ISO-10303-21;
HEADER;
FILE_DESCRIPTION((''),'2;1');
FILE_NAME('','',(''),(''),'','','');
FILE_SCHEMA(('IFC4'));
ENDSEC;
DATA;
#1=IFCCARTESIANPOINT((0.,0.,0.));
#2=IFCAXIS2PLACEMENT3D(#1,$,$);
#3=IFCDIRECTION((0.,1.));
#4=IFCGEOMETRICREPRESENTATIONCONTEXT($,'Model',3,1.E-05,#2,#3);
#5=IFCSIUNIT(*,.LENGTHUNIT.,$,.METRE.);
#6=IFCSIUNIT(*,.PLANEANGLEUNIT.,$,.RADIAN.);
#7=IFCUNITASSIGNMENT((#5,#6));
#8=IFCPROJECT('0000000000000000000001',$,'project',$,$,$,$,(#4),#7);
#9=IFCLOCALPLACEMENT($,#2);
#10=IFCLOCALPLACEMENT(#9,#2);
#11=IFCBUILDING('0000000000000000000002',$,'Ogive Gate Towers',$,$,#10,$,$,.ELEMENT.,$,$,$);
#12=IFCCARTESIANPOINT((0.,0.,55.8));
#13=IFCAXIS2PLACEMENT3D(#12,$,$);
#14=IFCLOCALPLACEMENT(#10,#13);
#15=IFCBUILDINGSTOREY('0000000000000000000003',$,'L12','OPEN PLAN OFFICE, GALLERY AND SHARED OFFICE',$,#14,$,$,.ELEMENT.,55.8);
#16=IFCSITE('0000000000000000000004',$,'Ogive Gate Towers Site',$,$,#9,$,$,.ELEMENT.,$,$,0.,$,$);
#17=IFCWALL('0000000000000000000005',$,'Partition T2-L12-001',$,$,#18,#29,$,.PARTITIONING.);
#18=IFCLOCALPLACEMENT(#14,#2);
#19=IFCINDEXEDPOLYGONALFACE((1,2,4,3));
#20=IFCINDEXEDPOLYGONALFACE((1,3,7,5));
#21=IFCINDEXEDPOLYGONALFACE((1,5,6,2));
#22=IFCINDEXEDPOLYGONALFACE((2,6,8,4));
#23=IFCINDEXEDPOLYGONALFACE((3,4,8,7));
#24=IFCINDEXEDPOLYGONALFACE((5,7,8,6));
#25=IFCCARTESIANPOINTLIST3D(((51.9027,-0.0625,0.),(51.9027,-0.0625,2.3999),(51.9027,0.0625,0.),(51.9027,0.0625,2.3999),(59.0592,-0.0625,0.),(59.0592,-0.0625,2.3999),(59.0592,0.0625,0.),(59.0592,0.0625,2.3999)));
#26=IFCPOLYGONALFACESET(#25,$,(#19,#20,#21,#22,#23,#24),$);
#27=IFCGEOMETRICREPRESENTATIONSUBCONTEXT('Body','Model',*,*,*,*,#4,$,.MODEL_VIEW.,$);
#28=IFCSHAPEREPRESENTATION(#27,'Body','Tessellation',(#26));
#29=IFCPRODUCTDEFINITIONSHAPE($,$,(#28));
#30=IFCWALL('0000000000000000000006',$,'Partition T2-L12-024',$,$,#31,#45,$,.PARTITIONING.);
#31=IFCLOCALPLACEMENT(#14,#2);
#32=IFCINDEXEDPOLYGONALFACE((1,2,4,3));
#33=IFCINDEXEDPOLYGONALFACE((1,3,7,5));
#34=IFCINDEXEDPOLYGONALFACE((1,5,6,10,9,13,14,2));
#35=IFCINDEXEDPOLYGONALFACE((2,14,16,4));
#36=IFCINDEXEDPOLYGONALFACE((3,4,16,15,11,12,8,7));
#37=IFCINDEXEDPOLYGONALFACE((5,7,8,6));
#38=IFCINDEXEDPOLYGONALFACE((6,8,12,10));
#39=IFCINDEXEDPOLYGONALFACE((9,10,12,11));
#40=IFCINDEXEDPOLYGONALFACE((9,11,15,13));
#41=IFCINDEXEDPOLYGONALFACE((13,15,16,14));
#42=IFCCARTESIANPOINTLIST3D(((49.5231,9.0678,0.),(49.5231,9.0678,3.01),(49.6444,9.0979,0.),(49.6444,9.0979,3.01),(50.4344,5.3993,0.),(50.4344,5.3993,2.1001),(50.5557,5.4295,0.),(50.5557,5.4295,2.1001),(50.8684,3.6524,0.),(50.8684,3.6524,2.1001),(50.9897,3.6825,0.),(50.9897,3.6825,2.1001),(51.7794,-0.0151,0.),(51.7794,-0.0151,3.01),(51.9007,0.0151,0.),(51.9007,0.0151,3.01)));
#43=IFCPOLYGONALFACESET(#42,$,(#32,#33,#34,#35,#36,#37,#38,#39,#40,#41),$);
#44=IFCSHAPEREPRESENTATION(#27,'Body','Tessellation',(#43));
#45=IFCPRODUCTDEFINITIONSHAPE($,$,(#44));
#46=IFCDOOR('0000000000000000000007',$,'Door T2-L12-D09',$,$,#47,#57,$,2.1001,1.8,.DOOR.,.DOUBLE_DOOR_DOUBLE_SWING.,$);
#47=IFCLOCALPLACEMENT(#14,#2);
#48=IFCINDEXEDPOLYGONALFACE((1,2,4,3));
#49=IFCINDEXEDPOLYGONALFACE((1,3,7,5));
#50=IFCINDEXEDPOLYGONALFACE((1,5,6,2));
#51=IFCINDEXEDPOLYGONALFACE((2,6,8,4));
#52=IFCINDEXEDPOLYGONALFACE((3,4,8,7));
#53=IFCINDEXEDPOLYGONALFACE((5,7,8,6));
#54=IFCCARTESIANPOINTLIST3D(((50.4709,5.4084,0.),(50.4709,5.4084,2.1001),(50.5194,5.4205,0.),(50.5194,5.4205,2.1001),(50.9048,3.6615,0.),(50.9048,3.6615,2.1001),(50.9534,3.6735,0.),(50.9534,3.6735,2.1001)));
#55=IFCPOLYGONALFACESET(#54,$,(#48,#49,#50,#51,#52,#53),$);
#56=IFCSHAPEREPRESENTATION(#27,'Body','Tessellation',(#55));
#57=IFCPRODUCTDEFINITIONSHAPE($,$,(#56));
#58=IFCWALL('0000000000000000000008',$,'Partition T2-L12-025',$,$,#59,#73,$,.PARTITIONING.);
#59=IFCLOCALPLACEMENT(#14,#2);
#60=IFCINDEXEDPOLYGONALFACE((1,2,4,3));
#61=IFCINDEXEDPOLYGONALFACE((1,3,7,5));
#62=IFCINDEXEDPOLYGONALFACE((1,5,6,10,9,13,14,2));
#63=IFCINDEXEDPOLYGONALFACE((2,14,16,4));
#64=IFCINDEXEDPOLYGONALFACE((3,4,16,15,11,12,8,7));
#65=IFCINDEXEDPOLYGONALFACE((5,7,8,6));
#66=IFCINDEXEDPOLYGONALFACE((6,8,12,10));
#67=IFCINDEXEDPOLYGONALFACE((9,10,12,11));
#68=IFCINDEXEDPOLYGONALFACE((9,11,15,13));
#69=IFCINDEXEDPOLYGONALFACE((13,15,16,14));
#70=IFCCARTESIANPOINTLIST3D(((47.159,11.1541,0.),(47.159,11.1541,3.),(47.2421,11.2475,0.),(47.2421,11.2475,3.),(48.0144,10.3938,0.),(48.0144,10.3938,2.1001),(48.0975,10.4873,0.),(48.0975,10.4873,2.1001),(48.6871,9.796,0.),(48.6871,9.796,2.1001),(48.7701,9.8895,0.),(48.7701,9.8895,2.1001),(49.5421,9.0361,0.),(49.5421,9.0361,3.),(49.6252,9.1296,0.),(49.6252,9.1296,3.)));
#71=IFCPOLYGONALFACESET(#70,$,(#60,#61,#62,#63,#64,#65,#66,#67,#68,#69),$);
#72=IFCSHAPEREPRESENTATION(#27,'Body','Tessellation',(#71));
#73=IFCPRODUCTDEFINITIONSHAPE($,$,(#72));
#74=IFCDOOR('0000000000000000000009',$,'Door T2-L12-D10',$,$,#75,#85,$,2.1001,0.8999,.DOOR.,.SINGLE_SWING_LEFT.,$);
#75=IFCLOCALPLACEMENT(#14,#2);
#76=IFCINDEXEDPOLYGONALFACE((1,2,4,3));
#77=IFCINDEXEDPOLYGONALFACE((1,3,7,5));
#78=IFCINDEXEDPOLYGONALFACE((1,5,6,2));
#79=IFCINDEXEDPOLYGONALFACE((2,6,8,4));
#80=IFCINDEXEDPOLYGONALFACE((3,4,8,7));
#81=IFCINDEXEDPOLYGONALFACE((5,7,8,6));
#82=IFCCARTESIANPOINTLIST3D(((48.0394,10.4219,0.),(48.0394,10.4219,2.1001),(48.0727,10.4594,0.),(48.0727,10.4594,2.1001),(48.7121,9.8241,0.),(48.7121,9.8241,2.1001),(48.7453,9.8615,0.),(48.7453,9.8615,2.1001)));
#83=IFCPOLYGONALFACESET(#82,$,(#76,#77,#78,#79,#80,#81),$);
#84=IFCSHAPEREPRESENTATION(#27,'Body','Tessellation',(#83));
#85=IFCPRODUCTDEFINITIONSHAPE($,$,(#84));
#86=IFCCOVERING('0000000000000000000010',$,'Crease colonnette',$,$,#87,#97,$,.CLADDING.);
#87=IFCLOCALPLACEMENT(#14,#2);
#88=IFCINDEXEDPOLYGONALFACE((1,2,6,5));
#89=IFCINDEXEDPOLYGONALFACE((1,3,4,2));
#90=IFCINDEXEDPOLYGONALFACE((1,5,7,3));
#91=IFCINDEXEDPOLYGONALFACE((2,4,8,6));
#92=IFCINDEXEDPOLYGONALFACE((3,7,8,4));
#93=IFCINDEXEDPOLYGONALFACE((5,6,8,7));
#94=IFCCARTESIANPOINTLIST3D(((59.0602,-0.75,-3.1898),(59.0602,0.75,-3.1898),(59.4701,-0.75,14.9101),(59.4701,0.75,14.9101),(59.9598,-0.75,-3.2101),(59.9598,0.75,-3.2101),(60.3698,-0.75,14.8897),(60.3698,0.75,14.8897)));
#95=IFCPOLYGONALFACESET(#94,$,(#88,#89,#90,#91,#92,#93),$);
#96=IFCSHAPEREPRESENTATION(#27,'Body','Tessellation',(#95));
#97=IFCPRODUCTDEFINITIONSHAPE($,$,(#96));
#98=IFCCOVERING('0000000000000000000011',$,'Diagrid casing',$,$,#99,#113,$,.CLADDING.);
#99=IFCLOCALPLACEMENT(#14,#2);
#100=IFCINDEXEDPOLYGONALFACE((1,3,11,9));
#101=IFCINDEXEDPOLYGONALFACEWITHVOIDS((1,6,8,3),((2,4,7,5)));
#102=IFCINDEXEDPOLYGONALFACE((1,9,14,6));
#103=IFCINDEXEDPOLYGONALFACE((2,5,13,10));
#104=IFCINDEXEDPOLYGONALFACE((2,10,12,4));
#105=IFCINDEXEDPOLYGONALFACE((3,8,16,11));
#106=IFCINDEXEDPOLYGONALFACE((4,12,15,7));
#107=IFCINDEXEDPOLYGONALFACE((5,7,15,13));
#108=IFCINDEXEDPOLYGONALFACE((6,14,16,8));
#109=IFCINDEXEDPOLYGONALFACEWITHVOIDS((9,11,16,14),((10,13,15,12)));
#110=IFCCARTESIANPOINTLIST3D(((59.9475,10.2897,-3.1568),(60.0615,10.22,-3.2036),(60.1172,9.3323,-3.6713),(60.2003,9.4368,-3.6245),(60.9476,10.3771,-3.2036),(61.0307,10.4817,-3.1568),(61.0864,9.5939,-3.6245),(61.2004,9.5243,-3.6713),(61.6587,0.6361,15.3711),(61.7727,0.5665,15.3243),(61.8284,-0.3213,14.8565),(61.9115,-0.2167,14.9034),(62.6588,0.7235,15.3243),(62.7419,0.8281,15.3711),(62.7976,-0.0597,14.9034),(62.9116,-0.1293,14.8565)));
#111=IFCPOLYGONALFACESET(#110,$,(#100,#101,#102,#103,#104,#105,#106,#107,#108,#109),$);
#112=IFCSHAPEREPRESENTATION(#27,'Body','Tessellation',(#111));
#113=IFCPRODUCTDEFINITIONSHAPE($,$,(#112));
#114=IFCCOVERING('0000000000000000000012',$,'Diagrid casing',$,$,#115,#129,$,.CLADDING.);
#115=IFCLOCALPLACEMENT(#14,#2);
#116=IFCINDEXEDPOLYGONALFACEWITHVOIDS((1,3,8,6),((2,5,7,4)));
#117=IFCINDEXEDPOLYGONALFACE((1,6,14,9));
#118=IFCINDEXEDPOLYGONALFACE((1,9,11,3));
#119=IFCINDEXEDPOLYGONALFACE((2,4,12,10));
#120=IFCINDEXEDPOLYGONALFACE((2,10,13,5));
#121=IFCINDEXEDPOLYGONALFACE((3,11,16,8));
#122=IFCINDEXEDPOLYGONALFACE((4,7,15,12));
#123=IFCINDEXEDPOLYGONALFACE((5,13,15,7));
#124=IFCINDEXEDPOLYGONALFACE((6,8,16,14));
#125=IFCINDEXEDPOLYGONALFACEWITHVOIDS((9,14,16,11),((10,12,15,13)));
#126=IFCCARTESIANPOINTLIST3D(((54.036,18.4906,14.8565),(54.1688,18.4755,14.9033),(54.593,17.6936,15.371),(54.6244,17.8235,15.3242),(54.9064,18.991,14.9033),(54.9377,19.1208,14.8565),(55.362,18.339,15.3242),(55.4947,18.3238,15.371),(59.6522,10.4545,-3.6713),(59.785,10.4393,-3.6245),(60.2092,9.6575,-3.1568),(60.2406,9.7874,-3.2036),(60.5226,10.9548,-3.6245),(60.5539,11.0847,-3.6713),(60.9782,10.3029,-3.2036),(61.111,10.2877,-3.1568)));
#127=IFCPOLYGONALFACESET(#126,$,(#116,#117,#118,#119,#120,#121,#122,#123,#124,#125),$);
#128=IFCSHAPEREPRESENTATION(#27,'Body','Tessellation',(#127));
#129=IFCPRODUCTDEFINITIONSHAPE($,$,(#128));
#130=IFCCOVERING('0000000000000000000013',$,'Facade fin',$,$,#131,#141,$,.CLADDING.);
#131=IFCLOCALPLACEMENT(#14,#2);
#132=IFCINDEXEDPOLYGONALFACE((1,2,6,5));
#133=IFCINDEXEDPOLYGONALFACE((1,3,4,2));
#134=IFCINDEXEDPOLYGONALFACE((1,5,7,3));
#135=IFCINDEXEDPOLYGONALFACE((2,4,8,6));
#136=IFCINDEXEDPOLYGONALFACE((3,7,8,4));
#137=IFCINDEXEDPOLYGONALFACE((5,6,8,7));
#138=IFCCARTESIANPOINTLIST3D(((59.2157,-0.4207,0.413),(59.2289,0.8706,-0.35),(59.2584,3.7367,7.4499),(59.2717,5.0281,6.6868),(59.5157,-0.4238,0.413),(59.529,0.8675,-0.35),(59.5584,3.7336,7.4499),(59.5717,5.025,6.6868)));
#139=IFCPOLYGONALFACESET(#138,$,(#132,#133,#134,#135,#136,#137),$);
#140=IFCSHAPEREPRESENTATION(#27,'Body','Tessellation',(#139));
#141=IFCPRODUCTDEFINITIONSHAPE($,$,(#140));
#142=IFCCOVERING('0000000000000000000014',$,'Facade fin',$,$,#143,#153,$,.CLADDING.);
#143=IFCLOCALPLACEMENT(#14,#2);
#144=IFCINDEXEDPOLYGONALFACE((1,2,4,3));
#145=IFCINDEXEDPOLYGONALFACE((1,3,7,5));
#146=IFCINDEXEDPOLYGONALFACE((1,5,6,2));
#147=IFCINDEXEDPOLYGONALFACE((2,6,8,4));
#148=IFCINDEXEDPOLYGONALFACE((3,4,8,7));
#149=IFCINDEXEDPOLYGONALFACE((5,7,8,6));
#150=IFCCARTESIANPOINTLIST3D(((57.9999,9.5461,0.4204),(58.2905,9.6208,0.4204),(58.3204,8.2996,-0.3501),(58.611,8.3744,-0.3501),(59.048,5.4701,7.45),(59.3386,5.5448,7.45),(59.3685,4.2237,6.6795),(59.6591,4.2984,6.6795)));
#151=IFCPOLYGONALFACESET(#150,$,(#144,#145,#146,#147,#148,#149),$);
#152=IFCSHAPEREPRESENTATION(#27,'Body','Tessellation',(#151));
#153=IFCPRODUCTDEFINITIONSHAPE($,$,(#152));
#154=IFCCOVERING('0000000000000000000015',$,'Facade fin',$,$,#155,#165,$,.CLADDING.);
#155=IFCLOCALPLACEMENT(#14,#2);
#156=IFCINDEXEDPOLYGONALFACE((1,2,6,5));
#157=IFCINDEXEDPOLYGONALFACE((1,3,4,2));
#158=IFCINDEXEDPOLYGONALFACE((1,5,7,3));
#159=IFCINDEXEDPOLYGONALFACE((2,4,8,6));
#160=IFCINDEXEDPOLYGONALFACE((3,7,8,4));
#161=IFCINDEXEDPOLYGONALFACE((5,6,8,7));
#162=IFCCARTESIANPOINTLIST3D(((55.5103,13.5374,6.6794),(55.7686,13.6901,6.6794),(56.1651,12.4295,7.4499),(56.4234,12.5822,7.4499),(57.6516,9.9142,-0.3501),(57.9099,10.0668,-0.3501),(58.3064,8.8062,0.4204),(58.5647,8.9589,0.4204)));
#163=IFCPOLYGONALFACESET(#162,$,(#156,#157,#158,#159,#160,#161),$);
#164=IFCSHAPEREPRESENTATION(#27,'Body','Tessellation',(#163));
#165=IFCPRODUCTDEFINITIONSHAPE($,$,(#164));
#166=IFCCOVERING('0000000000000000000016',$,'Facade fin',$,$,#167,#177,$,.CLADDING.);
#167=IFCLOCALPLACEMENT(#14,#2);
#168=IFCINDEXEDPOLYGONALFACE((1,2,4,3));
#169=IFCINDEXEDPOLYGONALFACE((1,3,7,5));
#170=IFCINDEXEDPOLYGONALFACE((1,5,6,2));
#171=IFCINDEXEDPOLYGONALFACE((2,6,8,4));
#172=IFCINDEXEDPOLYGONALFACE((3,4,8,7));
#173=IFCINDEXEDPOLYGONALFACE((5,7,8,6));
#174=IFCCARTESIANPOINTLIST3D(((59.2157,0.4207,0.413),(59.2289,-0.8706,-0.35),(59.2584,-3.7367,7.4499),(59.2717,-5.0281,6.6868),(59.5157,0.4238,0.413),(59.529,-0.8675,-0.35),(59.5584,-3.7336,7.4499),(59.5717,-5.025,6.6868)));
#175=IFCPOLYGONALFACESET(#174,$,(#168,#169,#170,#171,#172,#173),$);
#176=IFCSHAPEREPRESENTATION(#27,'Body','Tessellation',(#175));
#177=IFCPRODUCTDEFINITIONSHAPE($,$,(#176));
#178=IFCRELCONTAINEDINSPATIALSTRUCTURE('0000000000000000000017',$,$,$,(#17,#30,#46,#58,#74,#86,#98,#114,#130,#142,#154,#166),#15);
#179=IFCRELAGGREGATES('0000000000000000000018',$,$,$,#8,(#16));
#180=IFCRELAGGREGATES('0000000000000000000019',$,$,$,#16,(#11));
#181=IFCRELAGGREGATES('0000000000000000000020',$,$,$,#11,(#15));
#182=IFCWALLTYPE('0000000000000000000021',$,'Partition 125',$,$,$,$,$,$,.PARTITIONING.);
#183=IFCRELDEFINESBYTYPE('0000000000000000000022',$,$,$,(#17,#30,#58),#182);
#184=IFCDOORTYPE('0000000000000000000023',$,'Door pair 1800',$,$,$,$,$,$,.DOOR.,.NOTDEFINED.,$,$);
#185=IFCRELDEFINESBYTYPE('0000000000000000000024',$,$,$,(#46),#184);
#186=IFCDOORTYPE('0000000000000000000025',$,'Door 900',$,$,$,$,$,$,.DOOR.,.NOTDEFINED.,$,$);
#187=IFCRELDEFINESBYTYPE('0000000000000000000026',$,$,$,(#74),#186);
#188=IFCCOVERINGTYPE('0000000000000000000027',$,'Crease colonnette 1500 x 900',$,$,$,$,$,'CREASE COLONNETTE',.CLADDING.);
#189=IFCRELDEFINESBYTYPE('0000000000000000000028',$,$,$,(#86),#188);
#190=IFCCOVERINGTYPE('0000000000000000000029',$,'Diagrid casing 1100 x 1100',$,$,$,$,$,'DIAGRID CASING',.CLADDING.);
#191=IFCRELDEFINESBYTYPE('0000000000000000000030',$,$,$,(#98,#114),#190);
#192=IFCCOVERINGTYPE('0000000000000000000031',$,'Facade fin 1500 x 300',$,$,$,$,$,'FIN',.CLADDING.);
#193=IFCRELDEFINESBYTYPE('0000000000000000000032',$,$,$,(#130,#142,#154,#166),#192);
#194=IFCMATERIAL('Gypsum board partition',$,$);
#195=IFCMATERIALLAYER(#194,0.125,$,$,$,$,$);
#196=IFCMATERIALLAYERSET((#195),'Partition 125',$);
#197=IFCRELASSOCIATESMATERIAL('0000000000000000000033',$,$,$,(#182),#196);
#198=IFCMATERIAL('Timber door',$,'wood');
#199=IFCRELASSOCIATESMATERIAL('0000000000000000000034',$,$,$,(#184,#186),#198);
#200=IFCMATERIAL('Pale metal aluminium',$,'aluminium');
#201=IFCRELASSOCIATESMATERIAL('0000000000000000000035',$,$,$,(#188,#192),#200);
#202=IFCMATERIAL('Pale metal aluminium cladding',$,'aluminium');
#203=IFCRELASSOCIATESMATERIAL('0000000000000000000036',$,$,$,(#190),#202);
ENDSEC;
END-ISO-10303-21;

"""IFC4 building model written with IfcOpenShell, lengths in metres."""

from ifc_helpers import new_model, si_unit, direction, frame, frame_2d, origin, origin_2d, place, context, subcontext, project, spatial, rectangle, hollow_rectangle, extrude, material, layer, layer_set, material_profile, profile_set, type_object, element, fill, save


model = new_model("IFC4")

# Units and contexts
model_context = context("Model", 3, precision=1e-05, world=origin(), true_north=direction((0.0, 1.0)))
body_context = subcontext(model_context, "Body", "Model", "MODEL_VIEW")
ifc_project = project(units=[si_unit("LENGTHUNIT", "METRE"), si_unit("PLANEANGLEUNIT", "RADIAN")], contexts=[model_context])

# Site, building, storey
site_placement = place(None, origin())
site = spatial("IfcSite", under=ifc_project, at=site_placement, Name="Ogive Gate Towers Site", CompositionType="ELEMENT", RefElevation=0.0)
building_placement = place(site_placement, origin())
building = spatial("IfcBuilding", under=site, at=building_placement, Name="Ogive Gate Towers", CompositionType="ELEMENT")
storey_placement = place(building_placement, frame((0.0, 0.0, 55.8)))
storey = spatial("IfcBuildingStorey", under=building, at=storey_placement, Name="L12", Description="OPEN PLAN OFFICE, GALLERY AND SHARED OFFICE", CompositionType="ELEMENT", Elevation=55.8)

# Shared definitions
ifc_material_1 = material(Name="Pale metal aluminium", Category="aluminium")

# Wall
ifc_material_2 = material(Name="Gypsum board partition")
ifc_layer_1 = layer(ifc_material_2, 0.125)
ifc_layer_set_1 = layer_set([ifc_layer_1], Name="Partition 125")
wall_type = type_object("IfcWallType", Name="Partition 125", PredefinedType="PARTITIONING", material=ifc_layer_set_1)
wall_1_placement = place(storey_placement, frame((59.0591, 0.0, 0.0), z_axis=(0.0, 0.0, 1.0), x_axis=(-1.0, 0.0, 0.0)))
element("IfcWall", 1, at=wall_1_placement, inside=storey, type_object=wall_type, Name="Partition T2-L12-001", PredefinedType="PARTITIONING", context=body_context, shape_type="SweptSolid", body=[
    extrude(rectangle(XDim=7.1565, YDim=0.125, at=frame_2d((3.5781, 0.0))), origin(), (0.0, 0.0, 1.0), 2.3999),
])

# Walls, openings, doors
wall_2_placement = place(storey_placement, frame((51.8401, 0.0, 0.0), z_axis=(0.0, 0.0, 1.0), x_axis=(-0.241093, 0.970502, 0.0)))
wall_2 = element("IfcWall", 2, at=wall_2_placement, inside=storey, type_object=wall_type, Name="Partition T2-L12-024", PredefinedType="PARTITIONING", context=body_context, shape_type="SweptSolid", body=[
    extrude(rectangle(XDim=9.3589, YDim=0.125, at=frame_2d((4.6794, 0.0))), origin(), (0.0, 0.0, 1.0), 3.01),
])
opening_1_placement = place(wall_2_placement, frame((3.7791, 0.0, 0.0)))
opening_1 = element("IfcOpeningElement", 3, at=opening_1_placement, cuts=wall_2, PredefinedType="OPENING", context=body_context, shape_type="SweptSolid", body=[
    extrude(rectangle(XDim=1.8, YDim=2.1001, at=frame_2d((0.8999, 1.05))), frame((0.0, 0.0725, 0.0), z_axis=(0.0, -1.0, 0.0), x_axis=(1.0, 0.0, 0.0)), (0.0, 0.0, 1.0), 0.145),
])
ifc_material_3 = material(Name="Timber door", Category="wood")
door_type_1 = type_object("IfcDoorType", Name="Door pair 1800", OperationType="NOTDEFINED", PredefinedType="DOOR", material=ifc_material_3)
door_1_placement = place(opening_1_placement, origin())
door_1 = element("IfcDoor", 4, at=door_1_placement, inside=storey, type_object=door_type_1, Name="Door T2-L12-D09", OperationType="DOUBLE_DOOR_DOUBLE_SWING", OverallHeight=2.1001, OverallWidth=1.8, PredefinedType="DOOR", context=body_context, shape_type="SweptSolid", body=[
    extrude(rectangle(XDim=1.8, YDim=2.1001, at=frame_2d((0.8999, 1.05))), frame((0.0, 0.0249, 0.0), z_axis=(0.0, -1.0, 0.0), x_axis=(1.0, 0.0, 0.0)), (0.0, 0.0, 1.0), 0.05),
])
fill(opening_1, door_1)
wall_3_placement = place(storey_placement, frame((49.5837, 9.0828, 0.0), z_axis=(0.0, 0.0, 1.0), x_axis=(-0.747464, 0.664302, 0.0)))
wall_3 = element("IfcWall", 5, at=wall_3_placement, inside=storey, type_object=wall_type, Name="Partition T2-L12-025", PredefinedType="PARTITIONING", context=body_context, shape_type="SweptSolid", body=[
    extrude(rectangle(XDim=3.1882, YDim=0.125, at=frame_2d((1.5942, 0.0))), origin(), (0.0, 0.0, 1.0), 3.0),
])
opening_2_placement = place(wall_3_placement, frame((1.144, 0.0, 0.0)))
opening_2 = element("IfcOpeningElement", 6, at=opening_2_placement, cuts=wall_3, PredefinedType="OPENING", context=body_context, shape_type="SweptSolid", body=[
    extrude(rectangle(XDim=0.8999, YDim=2.1001, at=frame_2d((0.45, 1.05))), frame((0.0, 0.0725, 0.0), z_axis=(0.0, -1.0, 0.0), x_axis=(1.0, 0.0, 0.0)), (0.0, 0.0, 1.0), 0.145),
])
door_type_2 = type_object("IfcDoorType", Name="Door 900", OperationType="NOTDEFINED", PredefinedType="DOOR", material=ifc_material_3)
door_2_placement = place(opening_2_placement, origin())
door_2 = element("IfcDoor", 7, at=door_2_placement, inside=storey, type_object=door_type_2, Name="Door T2-L12-D10", OperationType="SINGLE_SWING_LEFT", OverallHeight=2.1001, OverallWidth=0.8999, PredefinedType="DOOR", context=body_context, shape_type="SweptSolid", body=[
    extrude(rectangle(XDim=0.8999, YDim=2.1001, at=frame_2d((0.45, 1.05))), frame((0.0, 0.0249, 0.0), z_axis=(0.0, -1.0, 0.0), x_axis=(1.0, 0.0, 0.0)), (0.0, 0.0, 1.0), 0.05),
])
fill(opening_2, door_2)

# Coverings
ifc_material_profile_1 = material_profile(ifc_material_1, rectangle(XDim=1.5, YDim=0.8999, at=origin_2d()), Name="1500 x 900 pale metal aluminium")
ifc_profile_set_1 = profile_set([ifc_material_profile_1], Name="Pale metal aluminium")
covering_type_1 = type_object("IfcCoveringType", Name="Crease colonnette 1500 x 900", ElementType="CREASE COLONNETTE", PredefinedType="CLADDING", material=ifc_profile_set_1)
covering_1_placement = place(storey_placement, frame((59.51, 0.0, -3.2), z_axis=(0.022641, 0.0, 0.999744), x_axis=(0.0, 1.0, 0.0)))
element("IfcCovering", 8, at=covering_1_placement, inside=storey, type_object=covering_type_1, Name="Crease colonnette", PredefinedType="CLADDING", context=body_context, shape_type="SweptSolid", body=[
    extrude(rectangle(XDim=1.5, YDim=0.8999, at=origin_2d()), origin(), (0.0, 0.0, 1.0), 18.1045),
])
ifc_material_4 = material(Name="Pale metal aluminium cladding", Category="aluminium")
ifc_material_profile_2 = material_profile(ifc_material_4, hollow_rectangle(XDim=1.1001, YDim=1.1001, WallThickness=0.1001, at=origin_2d()), Name="1100 x 1100 pale metal casing")
ifc_profile_set_2 = profile_set([ifc_material_profile_2], Name="Pale metal aluminium cladding")
covering_type_2 = type_object("IfcCoveringType", Name="Diagrid casing 1100 x 1100", ElementType="DIAGRID CASING", PredefinedType="CLADDING", material=ifc_profile_set_2)
for number, where, z_axis, x_axis, name in (
    (9, (60.574, 9.907, -3.4141), (0.081633, -0.46053, 0.883883), (0.98465, 0.174538, 0.0), "Diagrid casing"),
    (10, (60.3816, 10.3711, -3.4141), (-0.267925, 0.383368, 0.883881), (-0.819667, -0.57284, 0.0), "Diagrid casing"),
):
    element("IfcCovering", number, at=place(storey_placement, frame(where, z_axis=z_axis, x_axis=x_axis)), inside=storey, type_object=covering_type_2, Name=name, PredefinedType="CLADDING", context=body_context, shape_type="SweptSolid", body=[
        extrude(hollow_rectangle(XDim=1.1001, YDim=1.1001, WallThickness=0.1001, at=origin_2d()), origin(), (0.0, 0.0, 1.0), 20.9619),
    ])
ifc_material_profile_3 = material_profile(ifc_material_1, rectangle(XDim=0.3, YDim=1.5, at=origin_2d()), Name="1500 x 300 pale metal aluminium")
ifc_profile_set_3 = profile_set([ifc_material_profile_3], Name="Pale metal aluminium")
covering_type_3 = type_object("IfcCoveringType", Name="Facade fin 1500 x 300", ElementType="FIN", PredefinedType="CLADDING", material=ifc_profile_set_3)
covering_2_placement = place(storey_placement, frame((59.3723, 0.2234, 0.0315), z_axis=(0.005227, 0.508661, 0.860951), x_axis=(-0.999947, 0.010276, 0.0)))
element("IfcCovering", 11, at=covering_2_placement, inside=storey, type_object=covering_type_3, Name="Facade fin", PredefinedType="CLADDING", context=body_context, shape_type="SweptSolid", body=[
    extrude(rectangle(XDim=0.3, YDim=1.5, at=origin_2d()), origin(), (0.0, 0.0, 1.0), 8.1733),
])
for number, where, z_axis, x_axis, name in (
    (12, (58.3054, 8.9602, 0.0352), (0.127925, -0.497486, 0.857988), (0.968493, 0.249041, 0.0), "Facade fin"),
    (13, (58.1082, 9.4365, 0.0352), (-0.261359, 0.442233, 0.857975), (-0.860893, -0.508786, 0.0), "Facade fin"),
):
    element("IfcCovering", number, at=place(storey_placement, frame(where, z_axis=z_axis, x_axis=x_axis)), inside=storey, type_object=covering_type_3, Name=name, PredefinedType="CLADDING", context=body_context, shape_type="SweptSolid", body=[
        extrude(rectangle(XDim=0.3, YDim=1.5, at=origin_2d()), origin(), (0.0, 0.0, 1.0), 8.1931),
    ])
covering_3_placement = place(storey_placement, frame((59.3723, -0.2234, 0.0315), z_axis=(0.005227, -0.508661, 0.860951), x_axis=(0.999947, 0.010276, 0.0)))
element("IfcCovering", 14, at=covering_3_placement, inside=storey, type_object=covering_type_3, Name="Facade fin", PredefinedType="CLADDING", context=body_context, shape_type="SweptSolid", body=[
    extrude(rectangle(XDim=0.3, YDim=1.5, at=origin_2d()), origin(), (0.0, 0.0, 1.0), 8.1733),
])

save(model, "model.ifc")
